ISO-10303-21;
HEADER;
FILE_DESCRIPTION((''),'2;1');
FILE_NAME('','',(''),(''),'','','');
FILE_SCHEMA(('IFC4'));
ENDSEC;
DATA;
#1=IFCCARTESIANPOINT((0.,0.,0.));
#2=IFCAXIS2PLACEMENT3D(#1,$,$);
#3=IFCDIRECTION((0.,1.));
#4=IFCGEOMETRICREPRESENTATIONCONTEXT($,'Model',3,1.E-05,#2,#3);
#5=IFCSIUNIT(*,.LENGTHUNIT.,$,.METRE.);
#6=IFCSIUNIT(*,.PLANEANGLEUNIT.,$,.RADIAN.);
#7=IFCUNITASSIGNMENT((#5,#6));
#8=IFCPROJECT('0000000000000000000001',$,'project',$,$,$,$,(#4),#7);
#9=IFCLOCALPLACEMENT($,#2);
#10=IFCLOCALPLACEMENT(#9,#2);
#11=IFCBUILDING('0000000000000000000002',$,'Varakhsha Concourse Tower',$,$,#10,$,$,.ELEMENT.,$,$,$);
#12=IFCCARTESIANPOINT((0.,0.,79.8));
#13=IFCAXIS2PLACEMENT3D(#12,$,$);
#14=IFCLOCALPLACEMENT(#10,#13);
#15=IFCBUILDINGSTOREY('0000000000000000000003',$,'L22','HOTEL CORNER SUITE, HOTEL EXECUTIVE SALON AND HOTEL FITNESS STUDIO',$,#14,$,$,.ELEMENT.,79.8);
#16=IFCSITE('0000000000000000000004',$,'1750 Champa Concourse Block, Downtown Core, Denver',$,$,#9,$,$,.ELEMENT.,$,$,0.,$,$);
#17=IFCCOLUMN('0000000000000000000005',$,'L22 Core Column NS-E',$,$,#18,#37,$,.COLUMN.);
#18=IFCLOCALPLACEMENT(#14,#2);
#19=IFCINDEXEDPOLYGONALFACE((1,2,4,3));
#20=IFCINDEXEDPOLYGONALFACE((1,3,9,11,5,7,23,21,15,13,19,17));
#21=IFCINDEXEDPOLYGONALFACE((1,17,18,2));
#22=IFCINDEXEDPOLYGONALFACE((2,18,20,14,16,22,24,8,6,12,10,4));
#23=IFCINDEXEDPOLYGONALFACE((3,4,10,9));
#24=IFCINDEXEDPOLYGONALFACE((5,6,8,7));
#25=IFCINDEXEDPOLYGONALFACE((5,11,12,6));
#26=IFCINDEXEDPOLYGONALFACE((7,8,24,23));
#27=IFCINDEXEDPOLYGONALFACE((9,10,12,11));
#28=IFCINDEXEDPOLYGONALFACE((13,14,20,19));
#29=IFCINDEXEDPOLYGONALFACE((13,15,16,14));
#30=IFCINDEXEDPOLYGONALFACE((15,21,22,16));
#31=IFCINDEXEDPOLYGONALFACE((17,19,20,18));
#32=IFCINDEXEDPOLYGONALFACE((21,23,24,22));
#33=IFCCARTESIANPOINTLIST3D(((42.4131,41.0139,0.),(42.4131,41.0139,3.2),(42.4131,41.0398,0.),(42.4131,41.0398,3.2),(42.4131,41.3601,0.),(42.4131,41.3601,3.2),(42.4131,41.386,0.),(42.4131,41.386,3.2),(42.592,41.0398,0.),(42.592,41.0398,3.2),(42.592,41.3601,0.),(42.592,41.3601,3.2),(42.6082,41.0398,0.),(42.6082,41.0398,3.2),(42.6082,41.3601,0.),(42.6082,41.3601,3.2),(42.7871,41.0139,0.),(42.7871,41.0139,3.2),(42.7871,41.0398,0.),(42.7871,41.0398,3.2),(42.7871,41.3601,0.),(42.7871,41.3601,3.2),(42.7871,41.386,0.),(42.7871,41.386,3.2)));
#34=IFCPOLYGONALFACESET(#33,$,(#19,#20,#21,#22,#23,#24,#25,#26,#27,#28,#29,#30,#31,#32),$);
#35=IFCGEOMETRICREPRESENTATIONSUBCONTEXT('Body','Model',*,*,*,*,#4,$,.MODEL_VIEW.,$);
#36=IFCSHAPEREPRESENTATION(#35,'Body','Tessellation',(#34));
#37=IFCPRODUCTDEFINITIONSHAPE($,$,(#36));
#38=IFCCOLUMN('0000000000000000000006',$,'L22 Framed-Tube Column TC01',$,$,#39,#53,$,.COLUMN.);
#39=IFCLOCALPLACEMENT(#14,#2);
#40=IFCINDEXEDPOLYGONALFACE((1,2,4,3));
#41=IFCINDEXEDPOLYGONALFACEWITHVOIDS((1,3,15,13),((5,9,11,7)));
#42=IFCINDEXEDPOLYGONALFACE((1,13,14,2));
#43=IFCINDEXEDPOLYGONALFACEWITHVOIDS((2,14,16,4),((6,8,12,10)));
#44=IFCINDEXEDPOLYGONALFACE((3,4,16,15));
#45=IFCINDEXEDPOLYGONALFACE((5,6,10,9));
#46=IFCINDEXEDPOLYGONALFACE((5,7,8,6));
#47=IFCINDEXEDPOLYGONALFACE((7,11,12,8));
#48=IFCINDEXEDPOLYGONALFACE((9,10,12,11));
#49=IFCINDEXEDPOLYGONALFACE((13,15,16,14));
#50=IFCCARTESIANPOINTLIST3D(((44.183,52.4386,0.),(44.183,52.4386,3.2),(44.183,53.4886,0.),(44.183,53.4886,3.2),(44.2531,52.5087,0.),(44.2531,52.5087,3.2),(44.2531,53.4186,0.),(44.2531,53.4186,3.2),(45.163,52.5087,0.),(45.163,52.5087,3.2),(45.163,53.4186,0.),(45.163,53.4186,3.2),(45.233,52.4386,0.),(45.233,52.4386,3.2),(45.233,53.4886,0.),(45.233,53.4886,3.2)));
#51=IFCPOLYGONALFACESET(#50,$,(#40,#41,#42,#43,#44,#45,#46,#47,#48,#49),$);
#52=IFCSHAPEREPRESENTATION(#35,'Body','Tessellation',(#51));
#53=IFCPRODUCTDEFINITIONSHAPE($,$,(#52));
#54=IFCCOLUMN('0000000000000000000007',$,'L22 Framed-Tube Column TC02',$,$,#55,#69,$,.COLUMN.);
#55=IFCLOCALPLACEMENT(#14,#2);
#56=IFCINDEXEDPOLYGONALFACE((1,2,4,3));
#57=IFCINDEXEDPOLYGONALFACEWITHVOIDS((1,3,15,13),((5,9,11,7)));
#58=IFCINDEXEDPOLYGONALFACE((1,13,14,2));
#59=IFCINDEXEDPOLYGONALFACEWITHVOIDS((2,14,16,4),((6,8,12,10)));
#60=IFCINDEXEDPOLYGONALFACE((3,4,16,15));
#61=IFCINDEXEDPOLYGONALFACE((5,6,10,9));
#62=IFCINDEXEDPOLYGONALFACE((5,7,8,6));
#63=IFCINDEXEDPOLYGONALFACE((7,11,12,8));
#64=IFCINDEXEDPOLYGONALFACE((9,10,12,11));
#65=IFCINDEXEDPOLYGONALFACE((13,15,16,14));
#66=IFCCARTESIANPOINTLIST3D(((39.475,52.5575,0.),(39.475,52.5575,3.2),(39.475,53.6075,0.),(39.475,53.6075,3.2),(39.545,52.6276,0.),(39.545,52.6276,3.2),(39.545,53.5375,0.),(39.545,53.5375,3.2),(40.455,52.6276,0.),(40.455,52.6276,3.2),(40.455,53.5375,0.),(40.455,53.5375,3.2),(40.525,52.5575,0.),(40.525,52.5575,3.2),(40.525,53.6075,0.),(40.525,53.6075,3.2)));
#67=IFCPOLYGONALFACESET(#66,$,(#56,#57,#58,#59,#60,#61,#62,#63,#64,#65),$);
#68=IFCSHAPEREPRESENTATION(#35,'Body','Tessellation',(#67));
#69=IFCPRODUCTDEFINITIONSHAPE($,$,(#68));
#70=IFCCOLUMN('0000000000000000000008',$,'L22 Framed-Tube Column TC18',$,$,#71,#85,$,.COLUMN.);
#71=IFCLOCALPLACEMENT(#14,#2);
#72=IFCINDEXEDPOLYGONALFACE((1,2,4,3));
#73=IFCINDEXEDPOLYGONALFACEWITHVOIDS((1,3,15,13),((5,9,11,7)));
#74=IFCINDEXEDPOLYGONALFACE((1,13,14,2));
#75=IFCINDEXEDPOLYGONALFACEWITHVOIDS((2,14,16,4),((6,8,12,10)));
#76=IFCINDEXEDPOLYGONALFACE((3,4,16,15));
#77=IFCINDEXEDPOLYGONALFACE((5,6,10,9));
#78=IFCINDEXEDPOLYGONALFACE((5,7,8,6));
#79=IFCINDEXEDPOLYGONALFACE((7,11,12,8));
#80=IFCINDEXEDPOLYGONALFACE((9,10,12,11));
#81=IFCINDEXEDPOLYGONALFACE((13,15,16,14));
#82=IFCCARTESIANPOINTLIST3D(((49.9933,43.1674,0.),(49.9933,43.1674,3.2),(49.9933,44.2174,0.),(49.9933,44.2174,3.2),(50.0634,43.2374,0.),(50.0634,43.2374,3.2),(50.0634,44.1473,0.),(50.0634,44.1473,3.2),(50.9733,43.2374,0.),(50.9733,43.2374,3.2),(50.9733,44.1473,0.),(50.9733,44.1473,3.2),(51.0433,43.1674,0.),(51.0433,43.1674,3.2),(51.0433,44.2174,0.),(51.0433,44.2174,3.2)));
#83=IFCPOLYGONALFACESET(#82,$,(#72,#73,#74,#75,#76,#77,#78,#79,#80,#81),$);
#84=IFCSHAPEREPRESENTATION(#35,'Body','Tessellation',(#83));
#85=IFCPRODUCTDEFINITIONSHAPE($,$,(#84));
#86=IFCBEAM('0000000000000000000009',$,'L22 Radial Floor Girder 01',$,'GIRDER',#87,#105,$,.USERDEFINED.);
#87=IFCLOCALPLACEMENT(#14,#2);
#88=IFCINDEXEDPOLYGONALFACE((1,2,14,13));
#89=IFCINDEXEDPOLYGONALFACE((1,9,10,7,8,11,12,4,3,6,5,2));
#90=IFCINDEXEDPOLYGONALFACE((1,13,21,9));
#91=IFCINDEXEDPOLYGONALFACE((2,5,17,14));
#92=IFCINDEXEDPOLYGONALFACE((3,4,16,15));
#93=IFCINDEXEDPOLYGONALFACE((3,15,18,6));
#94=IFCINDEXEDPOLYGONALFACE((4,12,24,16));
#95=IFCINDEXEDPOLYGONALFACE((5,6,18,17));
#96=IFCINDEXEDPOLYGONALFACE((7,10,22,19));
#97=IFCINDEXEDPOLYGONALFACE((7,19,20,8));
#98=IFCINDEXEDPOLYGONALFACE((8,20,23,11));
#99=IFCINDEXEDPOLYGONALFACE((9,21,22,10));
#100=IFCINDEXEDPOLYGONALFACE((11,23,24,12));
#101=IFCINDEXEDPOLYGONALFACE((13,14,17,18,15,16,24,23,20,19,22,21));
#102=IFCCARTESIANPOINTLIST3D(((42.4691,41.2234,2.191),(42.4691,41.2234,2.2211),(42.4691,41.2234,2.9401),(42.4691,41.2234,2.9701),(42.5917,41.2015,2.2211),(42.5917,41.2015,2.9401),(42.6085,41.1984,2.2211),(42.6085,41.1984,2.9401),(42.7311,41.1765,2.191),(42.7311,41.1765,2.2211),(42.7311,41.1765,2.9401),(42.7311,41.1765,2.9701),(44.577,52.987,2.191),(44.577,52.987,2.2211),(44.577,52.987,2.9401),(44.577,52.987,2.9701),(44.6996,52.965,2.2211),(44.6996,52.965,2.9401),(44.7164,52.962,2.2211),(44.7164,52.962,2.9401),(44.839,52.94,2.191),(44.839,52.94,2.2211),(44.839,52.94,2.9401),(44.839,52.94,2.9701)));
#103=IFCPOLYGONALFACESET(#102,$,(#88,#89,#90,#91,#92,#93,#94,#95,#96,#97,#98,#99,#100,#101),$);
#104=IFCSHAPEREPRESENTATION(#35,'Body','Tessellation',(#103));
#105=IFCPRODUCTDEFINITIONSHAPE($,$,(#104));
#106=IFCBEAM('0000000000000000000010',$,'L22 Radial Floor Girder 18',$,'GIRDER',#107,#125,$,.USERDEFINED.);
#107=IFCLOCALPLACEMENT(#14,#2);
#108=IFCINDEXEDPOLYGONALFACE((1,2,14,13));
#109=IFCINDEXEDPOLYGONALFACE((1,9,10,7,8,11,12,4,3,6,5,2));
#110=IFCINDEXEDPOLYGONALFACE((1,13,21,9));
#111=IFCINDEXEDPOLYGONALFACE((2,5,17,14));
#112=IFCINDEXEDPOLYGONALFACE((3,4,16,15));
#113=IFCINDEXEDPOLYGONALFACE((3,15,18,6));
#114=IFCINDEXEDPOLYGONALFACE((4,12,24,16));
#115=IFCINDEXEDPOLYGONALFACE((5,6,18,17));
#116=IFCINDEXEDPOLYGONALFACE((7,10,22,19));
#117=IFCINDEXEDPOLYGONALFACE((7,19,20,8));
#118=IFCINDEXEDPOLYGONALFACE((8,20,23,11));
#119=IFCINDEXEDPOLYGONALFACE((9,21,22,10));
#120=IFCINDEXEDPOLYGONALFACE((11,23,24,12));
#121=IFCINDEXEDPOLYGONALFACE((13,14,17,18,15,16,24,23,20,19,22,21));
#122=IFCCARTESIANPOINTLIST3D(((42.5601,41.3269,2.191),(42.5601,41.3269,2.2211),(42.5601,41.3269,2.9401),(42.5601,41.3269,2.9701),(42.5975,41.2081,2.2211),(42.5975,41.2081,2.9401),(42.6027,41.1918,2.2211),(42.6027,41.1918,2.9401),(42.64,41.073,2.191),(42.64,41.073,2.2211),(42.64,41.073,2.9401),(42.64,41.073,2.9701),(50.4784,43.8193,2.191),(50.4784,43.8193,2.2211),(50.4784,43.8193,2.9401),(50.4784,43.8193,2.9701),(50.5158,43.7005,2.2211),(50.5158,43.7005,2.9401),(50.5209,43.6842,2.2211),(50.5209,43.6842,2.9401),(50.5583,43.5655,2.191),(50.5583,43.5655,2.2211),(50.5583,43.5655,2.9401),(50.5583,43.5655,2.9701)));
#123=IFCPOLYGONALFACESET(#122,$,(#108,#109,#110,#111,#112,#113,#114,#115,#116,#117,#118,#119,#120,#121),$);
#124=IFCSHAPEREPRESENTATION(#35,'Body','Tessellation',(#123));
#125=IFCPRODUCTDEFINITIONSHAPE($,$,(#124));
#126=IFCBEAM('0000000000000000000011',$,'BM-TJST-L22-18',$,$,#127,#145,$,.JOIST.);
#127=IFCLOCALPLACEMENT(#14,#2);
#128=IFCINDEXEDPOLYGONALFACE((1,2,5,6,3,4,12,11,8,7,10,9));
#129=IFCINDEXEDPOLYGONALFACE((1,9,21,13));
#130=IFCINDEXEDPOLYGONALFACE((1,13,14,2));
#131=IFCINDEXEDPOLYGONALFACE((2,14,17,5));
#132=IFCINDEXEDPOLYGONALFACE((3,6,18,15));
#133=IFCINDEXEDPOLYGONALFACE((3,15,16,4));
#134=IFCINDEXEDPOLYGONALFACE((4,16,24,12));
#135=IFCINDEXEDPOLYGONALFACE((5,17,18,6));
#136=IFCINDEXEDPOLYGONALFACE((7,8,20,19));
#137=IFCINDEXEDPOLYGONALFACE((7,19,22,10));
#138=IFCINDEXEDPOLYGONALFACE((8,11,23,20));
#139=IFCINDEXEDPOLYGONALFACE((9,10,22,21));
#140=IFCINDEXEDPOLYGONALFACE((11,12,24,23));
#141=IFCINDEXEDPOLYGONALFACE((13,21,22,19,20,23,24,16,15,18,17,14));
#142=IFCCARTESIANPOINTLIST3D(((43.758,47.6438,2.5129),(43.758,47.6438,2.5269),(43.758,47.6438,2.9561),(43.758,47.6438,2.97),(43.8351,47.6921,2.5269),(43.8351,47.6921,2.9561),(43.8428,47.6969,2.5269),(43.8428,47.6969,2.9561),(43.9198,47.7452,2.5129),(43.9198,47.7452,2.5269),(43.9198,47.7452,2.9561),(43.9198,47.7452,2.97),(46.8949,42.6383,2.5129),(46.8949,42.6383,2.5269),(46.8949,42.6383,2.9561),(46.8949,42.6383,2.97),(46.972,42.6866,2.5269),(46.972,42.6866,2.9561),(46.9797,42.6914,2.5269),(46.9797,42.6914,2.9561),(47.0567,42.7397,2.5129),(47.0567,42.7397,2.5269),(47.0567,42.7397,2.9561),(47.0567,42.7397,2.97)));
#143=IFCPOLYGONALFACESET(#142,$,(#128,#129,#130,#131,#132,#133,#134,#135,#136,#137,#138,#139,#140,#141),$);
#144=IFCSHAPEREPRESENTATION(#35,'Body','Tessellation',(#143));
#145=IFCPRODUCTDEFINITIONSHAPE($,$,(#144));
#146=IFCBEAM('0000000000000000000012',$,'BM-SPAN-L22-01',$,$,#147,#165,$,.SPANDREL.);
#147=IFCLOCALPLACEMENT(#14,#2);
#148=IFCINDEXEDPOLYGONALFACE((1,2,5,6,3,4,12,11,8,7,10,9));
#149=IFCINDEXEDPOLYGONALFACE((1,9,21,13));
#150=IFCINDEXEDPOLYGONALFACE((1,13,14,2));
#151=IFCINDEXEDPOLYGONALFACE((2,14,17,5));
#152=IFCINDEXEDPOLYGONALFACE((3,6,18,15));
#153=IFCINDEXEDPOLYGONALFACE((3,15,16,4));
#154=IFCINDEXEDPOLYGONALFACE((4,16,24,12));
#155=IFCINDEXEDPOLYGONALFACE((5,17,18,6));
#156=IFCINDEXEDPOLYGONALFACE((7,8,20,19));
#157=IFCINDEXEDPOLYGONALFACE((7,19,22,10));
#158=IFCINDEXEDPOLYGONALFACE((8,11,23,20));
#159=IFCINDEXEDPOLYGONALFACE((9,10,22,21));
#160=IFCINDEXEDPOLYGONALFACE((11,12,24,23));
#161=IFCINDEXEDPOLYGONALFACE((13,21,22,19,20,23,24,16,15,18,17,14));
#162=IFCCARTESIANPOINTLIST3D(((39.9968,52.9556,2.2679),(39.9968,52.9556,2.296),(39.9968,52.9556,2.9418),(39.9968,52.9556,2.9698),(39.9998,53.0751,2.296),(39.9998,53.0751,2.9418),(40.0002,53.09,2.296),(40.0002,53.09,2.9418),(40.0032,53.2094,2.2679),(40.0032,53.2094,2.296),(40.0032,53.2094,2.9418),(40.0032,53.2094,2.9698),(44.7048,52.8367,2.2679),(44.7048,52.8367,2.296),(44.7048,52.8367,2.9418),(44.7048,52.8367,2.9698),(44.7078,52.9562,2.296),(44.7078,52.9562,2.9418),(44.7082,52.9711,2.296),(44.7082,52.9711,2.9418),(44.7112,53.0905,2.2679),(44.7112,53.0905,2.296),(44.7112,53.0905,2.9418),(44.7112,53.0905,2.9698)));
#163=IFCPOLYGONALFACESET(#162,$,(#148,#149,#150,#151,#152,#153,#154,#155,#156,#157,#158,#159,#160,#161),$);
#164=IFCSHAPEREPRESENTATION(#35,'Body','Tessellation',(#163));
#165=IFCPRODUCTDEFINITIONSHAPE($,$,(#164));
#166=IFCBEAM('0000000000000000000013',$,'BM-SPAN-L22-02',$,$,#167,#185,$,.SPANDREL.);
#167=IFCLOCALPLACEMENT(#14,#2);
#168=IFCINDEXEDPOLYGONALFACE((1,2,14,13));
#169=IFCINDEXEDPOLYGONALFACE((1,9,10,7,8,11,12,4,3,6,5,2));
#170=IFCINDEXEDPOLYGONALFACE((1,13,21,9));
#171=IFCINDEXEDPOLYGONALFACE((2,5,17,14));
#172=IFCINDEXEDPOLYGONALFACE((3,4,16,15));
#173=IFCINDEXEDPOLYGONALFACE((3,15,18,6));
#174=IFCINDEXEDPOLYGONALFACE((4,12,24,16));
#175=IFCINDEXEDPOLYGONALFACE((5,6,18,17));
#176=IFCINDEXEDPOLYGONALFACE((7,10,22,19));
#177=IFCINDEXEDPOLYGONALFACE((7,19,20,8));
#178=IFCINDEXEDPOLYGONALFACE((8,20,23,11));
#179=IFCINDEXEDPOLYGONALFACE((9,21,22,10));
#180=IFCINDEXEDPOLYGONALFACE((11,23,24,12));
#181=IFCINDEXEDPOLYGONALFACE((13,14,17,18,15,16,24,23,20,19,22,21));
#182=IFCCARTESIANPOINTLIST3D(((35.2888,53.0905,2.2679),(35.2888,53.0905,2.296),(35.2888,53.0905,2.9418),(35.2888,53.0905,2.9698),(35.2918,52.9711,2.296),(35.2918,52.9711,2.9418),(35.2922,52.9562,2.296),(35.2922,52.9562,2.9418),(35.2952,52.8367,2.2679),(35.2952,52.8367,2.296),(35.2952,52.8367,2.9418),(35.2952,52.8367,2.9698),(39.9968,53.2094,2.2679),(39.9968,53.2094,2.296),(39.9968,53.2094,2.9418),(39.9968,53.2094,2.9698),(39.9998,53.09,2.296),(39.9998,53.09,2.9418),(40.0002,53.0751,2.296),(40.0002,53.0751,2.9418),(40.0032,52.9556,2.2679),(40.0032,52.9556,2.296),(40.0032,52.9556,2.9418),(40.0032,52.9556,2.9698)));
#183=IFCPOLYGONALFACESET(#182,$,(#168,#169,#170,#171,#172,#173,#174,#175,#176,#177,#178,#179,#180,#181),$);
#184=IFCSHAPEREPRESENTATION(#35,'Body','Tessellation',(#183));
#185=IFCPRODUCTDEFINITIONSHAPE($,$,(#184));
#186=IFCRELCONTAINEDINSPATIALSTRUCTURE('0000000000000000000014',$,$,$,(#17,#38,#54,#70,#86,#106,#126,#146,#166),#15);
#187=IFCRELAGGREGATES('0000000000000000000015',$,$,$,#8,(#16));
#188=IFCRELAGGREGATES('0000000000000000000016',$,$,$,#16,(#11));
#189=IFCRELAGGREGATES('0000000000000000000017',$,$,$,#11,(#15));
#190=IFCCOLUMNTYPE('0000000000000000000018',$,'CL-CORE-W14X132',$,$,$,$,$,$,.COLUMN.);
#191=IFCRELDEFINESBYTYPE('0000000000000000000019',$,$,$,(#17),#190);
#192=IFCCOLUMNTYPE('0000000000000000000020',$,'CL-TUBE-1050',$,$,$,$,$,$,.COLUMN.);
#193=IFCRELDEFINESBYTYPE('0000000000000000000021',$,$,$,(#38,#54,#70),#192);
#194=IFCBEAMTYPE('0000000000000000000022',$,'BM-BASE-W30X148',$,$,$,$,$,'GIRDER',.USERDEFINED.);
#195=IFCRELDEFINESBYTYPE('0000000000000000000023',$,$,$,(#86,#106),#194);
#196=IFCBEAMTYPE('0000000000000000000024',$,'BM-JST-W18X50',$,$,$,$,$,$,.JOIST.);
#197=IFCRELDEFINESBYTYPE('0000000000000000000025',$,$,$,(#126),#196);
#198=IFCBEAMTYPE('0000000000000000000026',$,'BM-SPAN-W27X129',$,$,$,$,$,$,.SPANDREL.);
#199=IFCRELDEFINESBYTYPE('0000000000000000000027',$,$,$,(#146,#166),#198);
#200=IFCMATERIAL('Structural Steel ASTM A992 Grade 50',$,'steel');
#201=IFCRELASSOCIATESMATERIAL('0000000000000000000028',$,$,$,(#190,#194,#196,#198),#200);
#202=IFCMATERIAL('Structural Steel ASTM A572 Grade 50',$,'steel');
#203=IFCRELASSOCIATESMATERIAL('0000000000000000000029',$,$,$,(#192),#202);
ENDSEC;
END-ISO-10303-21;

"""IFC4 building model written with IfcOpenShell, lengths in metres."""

from ifc_helpers import new_model, si_unit, direction, frame, origin, origin_2d, place, context, subcontext, project, spatial, hollow_rectangle, i_section, extrude, material, material_profile, profile_set, type_object, element, save


model = new_model("IFC4")

# Units and contexts
model_context = context("Model", 3, precision=1e-05, world=origin(), true_north=direction((0.0, 1.0)))
body_context = subcontext(model_context, "Body", "Model", "MODEL_VIEW")
ifc_project = project(units=[si_unit("LENGTHUNIT", "METRE"), si_unit("PLANEANGLEUNIT", "RADIAN")], contexts=[model_context])

# Site, building, storey
site_placement = place(None, origin())
site = spatial("IfcSite", under=ifc_project, at=site_placement, Name="1750 Champa Concourse Block, Downtown Core, Denver", CompositionType="ELEMENT", RefElevation=0.0)
building_placement = place(site_placement, origin())
building = spatial("IfcBuilding", under=site, at=building_placement, Name="Varakhsha Concourse Tower", CompositionType="ELEMENT")
storey_placement = place(building_placement, frame((0.0, 0.0, 79.8)))
storey = spatial("IfcBuildingStorey", under=building, at=storey_placement, Name="L22", Description="HOTEL CORNER SUITE, HOTEL EXECUTIVE SALON AND HOTEL FITNESS STUDIO", CompositionType="ELEMENT", Elevation=79.8)

# Columns
ifc_material_1 = material(Name="Structural Steel ASTM A992 Grade 50", Category="steel")
ifc_material_profile_1 = material_profile(ifc_material_1, i_section(OverallWidth=0.374, OverallDepth=0.3721, WebThickness=0.0161, FlangeThickness=0.0259, at=origin_2d()), Name="W14X132")
ifc_profile_set_1 = profile_set([ifc_material_profile_1], Name="Structural Steel ASTM A992 Grade 50")
column_type_1 = type_object("IfcColumnType", Name="CL-CORE-W14X132", PredefinedType="COLUMN", material=ifc_profile_set_1)
column_placement = place(storey_placement, frame((42.6001, 41.2, 0.0), z_axis=(0.0, 0.0, 1.0), x_axis=(1.0, 0.0, 0.0)))
element("IfcColumn", 1, at=column_placement, inside=storey, type_object=column_type_1, Name="L22 Core Column NS-E", PredefinedType="COLUMN", context=body_context, shape_type="SweptSolid", body=[
    extrude(i_section(OverallWidth=0.374, OverallDepth=0.3721, WebThickness=0.0161, FlangeThickness=0.0259, at=origin_2d()), origin(), (0.0, 0.0, 1.0), 3.2),
])
ifc_material_2 = material(Name="Structural Steel ASTM A572 Grade 50", Category="steel")
ifc_material_profile_2 = material_profile(ifc_material_2, hollow_rectangle(XDim=1.05, YDim=1.05, WallThickness=0.0701, at=origin_2d()), Name="BOX 1050x1050x70")
ifc_profile_set_2 = profile_set([ifc_material_profile_2], Name="Structural Steel ASTM A572 Grade 50")
column_type_2 = type_object("IfcColumnType", Name="CL-TUBE-1050", PredefinedType="COLUMN", material=ifc_profile_set_2)
for number, where, z_axis, x_axis, name in (
    (2, (44.708, 52.9636, 0.0), (0.0, 0.0, 1.0), (1.0, 0.0, 0.0), "L22 Framed-Tube Column TC01"),
    (3, (40.0, 53.0825, 0.0), (0.0, 0.0, 1.0), (1.0, 0.0, 0.0), "L22 Framed-Tube Column TC02"),
    (4, (50.5183, 43.6924, 0.0), (0.0, 0.0, 1.0), (1.0, 0.0, 0.0), "L22 Framed-Tube Column TC18"),
):
    element("IfcColumn", number, at=place(storey_placement, frame(where, z_axis=z_axis, x_axis=x_axis)), inside=storey, type_object=column_type_2, Name=name, PredefinedType="COLUMN", context=body_context, shape_type="SweptSolid", body=[
        extrude(hollow_rectangle(XDim=1.05, YDim=1.05, WallThickness=0.0701, at=origin_2d()), origin(), (0.0, 0.0, 1.0), 3.2),
    ])

# Beams
ifc_material_profile_3 = material_profile(ifc_material_1, i_section(OverallWidth=0.2661, OverallDepth=0.7791, WebThickness=0.0171, FlangeThickness=0.03, at=origin_2d()), Name="W30X148")
ifc_profile_set_3 = profile_set([ifc_material_profile_3], Name="Structural Steel ASTM A992 Grade 50")
beam_type_1 = type_object("IfcBeamType", Name="BM-BASE-W30X148", ElementType="GIRDER", PredefinedType="USERDEFINED", material=ifc_profile_set_3)
beam_1_placement = place(storey_placement, frame((42.6001, 41.2, 2.5806), z_axis=(0.176379, 0.984322, 0.0), x_axis=(-0.984322, 0.176379, 0.0)))
element("IfcBeam", 5, at=beam_1_placement, inside=storey, type_object=beam_type_1, Name="L22 Radial Floor Girder 01", ObjectType="GIRDER", PredefinedType="USERDEFINED", context=body_context, shape_type="SweptSolid", body=[
    extrude(i_section(OverallWidth=0.2661, OverallDepth=0.7791, WebThickness=0.0171, FlangeThickness=0.03, at=origin_2d()), origin(), (0.0, 0.0, 1.0), 11.9509),
])
beam_2_placement = place(storey_placement, frame((42.6001, 41.2, 2.5806), z_axis=(0.953861, 0.300249, 0.0), x_axis=(-0.300249, 0.953861, 0.0)))
element("IfcBeam", 6, at=beam_2_placement, inside=storey, type_object=beam_type_1, Name="L22 Radial Floor Girder 18", ObjectType="GIRDER", PredefinedType="USERDEFINED", context=body_context, shape_type="SweptSolid", body=[
    extrude(i_section(OverallWidth=0.2661, OverallDepth=0.7791, WebThickness=0.0171, FlangeThickness=0.03, at=origin_2d()), origin(), (0.0, 0.0, 1.0), 8.3013),
])
ifc_material_profile_4 = material_profile(ifc_material_1, i_section(OverallWidth=0.1909, OverallDepth=0.457, WebThickness=0.009, FlangeThickness=0.0139, at=origin_2d()), Name="W18X50")
ifc_profile_set_4 = profile_set([ifc_material_profile_4], Name="Structural Steel ASTM A992 Grade 50")
beam_type_2 = type_object("IfcBeamType", Name="BM-JST-W18X50", PredefinedType="JOIST", material=ifc_profile_set_4)
beam_3_placement = place(storey_placement, frame((46.9758, 42.689, 2.7415), z_axis=(-0.531028, 0.847355, 0.0), x_axis=(-0.847355, -0.531028, 0.0)))
element("IfcBeam", 7, at=beam_3_placement, inside=storey, type_object=beam_type_2, Name="BM-TJST-L22-18", PredefinedType="JOIST", context=body_context, shape_type="SweptSolid", body=[
    extrude(i_section(OverallWidth=0.1909, OverallDepth=0.457, WebThickness=0.009, FlangeThickness=0.0139, at=origin_2d()), origin(), (0.0, 0.0, 1.0), 5.9072),
])
ifc_material_profile_5 = material_profile(ifc_material_1, i_section(OverallWidth=0.2539, OverallDepth=0.7019, WebThickness=0.0149, FlangeThickness=0.0281, at=origin_2d()), Name="W27X129")
ifc_profile_set_5 = profile_set([ifc_material_profile_5], Name="Structural Steel ASTM A992 Grade 50")
beam_type_3 = type_object("IfcBeamType", Name="BM-SPAN-W27X129", PredefinedType="SPANDREL", material=ifc_profile_set_5)
for number, where, z_axis, x_axis, name in (
    (8, (44.708, 52.9636, 2.6189), (-0.999681, 0.025246, 0.0), (-0.025246, -0.999681, 0.0), "BM-SPAN-L22-01"),
    (9, (40.0, 53.0825, 2.6189), (-0.999681, -0.025246, 0.0), (0.025246, -0.999681, 0.0), "BM-SPAN-L22-02"),
):
    element("IfcBeam", number, at=place(storey_placement, frame(where, z_axis=z_axis, x_axis=x_axis)), inside=storey, type_object=beam_type_3, Name=name, PredefinedType="SPANDREL", context=body_context, shape_type="SweptSolid", body=[
        extrude(i_section(OverallWidth=0.2539, OverallDepth=0.7019, WebThickness=0.0149, FlangeThickness=0.0281, at=origin_2d()), origin(), (0.0, 0.0, 1.0), 4.7095),
    ])

save(model, "model.ifc")
